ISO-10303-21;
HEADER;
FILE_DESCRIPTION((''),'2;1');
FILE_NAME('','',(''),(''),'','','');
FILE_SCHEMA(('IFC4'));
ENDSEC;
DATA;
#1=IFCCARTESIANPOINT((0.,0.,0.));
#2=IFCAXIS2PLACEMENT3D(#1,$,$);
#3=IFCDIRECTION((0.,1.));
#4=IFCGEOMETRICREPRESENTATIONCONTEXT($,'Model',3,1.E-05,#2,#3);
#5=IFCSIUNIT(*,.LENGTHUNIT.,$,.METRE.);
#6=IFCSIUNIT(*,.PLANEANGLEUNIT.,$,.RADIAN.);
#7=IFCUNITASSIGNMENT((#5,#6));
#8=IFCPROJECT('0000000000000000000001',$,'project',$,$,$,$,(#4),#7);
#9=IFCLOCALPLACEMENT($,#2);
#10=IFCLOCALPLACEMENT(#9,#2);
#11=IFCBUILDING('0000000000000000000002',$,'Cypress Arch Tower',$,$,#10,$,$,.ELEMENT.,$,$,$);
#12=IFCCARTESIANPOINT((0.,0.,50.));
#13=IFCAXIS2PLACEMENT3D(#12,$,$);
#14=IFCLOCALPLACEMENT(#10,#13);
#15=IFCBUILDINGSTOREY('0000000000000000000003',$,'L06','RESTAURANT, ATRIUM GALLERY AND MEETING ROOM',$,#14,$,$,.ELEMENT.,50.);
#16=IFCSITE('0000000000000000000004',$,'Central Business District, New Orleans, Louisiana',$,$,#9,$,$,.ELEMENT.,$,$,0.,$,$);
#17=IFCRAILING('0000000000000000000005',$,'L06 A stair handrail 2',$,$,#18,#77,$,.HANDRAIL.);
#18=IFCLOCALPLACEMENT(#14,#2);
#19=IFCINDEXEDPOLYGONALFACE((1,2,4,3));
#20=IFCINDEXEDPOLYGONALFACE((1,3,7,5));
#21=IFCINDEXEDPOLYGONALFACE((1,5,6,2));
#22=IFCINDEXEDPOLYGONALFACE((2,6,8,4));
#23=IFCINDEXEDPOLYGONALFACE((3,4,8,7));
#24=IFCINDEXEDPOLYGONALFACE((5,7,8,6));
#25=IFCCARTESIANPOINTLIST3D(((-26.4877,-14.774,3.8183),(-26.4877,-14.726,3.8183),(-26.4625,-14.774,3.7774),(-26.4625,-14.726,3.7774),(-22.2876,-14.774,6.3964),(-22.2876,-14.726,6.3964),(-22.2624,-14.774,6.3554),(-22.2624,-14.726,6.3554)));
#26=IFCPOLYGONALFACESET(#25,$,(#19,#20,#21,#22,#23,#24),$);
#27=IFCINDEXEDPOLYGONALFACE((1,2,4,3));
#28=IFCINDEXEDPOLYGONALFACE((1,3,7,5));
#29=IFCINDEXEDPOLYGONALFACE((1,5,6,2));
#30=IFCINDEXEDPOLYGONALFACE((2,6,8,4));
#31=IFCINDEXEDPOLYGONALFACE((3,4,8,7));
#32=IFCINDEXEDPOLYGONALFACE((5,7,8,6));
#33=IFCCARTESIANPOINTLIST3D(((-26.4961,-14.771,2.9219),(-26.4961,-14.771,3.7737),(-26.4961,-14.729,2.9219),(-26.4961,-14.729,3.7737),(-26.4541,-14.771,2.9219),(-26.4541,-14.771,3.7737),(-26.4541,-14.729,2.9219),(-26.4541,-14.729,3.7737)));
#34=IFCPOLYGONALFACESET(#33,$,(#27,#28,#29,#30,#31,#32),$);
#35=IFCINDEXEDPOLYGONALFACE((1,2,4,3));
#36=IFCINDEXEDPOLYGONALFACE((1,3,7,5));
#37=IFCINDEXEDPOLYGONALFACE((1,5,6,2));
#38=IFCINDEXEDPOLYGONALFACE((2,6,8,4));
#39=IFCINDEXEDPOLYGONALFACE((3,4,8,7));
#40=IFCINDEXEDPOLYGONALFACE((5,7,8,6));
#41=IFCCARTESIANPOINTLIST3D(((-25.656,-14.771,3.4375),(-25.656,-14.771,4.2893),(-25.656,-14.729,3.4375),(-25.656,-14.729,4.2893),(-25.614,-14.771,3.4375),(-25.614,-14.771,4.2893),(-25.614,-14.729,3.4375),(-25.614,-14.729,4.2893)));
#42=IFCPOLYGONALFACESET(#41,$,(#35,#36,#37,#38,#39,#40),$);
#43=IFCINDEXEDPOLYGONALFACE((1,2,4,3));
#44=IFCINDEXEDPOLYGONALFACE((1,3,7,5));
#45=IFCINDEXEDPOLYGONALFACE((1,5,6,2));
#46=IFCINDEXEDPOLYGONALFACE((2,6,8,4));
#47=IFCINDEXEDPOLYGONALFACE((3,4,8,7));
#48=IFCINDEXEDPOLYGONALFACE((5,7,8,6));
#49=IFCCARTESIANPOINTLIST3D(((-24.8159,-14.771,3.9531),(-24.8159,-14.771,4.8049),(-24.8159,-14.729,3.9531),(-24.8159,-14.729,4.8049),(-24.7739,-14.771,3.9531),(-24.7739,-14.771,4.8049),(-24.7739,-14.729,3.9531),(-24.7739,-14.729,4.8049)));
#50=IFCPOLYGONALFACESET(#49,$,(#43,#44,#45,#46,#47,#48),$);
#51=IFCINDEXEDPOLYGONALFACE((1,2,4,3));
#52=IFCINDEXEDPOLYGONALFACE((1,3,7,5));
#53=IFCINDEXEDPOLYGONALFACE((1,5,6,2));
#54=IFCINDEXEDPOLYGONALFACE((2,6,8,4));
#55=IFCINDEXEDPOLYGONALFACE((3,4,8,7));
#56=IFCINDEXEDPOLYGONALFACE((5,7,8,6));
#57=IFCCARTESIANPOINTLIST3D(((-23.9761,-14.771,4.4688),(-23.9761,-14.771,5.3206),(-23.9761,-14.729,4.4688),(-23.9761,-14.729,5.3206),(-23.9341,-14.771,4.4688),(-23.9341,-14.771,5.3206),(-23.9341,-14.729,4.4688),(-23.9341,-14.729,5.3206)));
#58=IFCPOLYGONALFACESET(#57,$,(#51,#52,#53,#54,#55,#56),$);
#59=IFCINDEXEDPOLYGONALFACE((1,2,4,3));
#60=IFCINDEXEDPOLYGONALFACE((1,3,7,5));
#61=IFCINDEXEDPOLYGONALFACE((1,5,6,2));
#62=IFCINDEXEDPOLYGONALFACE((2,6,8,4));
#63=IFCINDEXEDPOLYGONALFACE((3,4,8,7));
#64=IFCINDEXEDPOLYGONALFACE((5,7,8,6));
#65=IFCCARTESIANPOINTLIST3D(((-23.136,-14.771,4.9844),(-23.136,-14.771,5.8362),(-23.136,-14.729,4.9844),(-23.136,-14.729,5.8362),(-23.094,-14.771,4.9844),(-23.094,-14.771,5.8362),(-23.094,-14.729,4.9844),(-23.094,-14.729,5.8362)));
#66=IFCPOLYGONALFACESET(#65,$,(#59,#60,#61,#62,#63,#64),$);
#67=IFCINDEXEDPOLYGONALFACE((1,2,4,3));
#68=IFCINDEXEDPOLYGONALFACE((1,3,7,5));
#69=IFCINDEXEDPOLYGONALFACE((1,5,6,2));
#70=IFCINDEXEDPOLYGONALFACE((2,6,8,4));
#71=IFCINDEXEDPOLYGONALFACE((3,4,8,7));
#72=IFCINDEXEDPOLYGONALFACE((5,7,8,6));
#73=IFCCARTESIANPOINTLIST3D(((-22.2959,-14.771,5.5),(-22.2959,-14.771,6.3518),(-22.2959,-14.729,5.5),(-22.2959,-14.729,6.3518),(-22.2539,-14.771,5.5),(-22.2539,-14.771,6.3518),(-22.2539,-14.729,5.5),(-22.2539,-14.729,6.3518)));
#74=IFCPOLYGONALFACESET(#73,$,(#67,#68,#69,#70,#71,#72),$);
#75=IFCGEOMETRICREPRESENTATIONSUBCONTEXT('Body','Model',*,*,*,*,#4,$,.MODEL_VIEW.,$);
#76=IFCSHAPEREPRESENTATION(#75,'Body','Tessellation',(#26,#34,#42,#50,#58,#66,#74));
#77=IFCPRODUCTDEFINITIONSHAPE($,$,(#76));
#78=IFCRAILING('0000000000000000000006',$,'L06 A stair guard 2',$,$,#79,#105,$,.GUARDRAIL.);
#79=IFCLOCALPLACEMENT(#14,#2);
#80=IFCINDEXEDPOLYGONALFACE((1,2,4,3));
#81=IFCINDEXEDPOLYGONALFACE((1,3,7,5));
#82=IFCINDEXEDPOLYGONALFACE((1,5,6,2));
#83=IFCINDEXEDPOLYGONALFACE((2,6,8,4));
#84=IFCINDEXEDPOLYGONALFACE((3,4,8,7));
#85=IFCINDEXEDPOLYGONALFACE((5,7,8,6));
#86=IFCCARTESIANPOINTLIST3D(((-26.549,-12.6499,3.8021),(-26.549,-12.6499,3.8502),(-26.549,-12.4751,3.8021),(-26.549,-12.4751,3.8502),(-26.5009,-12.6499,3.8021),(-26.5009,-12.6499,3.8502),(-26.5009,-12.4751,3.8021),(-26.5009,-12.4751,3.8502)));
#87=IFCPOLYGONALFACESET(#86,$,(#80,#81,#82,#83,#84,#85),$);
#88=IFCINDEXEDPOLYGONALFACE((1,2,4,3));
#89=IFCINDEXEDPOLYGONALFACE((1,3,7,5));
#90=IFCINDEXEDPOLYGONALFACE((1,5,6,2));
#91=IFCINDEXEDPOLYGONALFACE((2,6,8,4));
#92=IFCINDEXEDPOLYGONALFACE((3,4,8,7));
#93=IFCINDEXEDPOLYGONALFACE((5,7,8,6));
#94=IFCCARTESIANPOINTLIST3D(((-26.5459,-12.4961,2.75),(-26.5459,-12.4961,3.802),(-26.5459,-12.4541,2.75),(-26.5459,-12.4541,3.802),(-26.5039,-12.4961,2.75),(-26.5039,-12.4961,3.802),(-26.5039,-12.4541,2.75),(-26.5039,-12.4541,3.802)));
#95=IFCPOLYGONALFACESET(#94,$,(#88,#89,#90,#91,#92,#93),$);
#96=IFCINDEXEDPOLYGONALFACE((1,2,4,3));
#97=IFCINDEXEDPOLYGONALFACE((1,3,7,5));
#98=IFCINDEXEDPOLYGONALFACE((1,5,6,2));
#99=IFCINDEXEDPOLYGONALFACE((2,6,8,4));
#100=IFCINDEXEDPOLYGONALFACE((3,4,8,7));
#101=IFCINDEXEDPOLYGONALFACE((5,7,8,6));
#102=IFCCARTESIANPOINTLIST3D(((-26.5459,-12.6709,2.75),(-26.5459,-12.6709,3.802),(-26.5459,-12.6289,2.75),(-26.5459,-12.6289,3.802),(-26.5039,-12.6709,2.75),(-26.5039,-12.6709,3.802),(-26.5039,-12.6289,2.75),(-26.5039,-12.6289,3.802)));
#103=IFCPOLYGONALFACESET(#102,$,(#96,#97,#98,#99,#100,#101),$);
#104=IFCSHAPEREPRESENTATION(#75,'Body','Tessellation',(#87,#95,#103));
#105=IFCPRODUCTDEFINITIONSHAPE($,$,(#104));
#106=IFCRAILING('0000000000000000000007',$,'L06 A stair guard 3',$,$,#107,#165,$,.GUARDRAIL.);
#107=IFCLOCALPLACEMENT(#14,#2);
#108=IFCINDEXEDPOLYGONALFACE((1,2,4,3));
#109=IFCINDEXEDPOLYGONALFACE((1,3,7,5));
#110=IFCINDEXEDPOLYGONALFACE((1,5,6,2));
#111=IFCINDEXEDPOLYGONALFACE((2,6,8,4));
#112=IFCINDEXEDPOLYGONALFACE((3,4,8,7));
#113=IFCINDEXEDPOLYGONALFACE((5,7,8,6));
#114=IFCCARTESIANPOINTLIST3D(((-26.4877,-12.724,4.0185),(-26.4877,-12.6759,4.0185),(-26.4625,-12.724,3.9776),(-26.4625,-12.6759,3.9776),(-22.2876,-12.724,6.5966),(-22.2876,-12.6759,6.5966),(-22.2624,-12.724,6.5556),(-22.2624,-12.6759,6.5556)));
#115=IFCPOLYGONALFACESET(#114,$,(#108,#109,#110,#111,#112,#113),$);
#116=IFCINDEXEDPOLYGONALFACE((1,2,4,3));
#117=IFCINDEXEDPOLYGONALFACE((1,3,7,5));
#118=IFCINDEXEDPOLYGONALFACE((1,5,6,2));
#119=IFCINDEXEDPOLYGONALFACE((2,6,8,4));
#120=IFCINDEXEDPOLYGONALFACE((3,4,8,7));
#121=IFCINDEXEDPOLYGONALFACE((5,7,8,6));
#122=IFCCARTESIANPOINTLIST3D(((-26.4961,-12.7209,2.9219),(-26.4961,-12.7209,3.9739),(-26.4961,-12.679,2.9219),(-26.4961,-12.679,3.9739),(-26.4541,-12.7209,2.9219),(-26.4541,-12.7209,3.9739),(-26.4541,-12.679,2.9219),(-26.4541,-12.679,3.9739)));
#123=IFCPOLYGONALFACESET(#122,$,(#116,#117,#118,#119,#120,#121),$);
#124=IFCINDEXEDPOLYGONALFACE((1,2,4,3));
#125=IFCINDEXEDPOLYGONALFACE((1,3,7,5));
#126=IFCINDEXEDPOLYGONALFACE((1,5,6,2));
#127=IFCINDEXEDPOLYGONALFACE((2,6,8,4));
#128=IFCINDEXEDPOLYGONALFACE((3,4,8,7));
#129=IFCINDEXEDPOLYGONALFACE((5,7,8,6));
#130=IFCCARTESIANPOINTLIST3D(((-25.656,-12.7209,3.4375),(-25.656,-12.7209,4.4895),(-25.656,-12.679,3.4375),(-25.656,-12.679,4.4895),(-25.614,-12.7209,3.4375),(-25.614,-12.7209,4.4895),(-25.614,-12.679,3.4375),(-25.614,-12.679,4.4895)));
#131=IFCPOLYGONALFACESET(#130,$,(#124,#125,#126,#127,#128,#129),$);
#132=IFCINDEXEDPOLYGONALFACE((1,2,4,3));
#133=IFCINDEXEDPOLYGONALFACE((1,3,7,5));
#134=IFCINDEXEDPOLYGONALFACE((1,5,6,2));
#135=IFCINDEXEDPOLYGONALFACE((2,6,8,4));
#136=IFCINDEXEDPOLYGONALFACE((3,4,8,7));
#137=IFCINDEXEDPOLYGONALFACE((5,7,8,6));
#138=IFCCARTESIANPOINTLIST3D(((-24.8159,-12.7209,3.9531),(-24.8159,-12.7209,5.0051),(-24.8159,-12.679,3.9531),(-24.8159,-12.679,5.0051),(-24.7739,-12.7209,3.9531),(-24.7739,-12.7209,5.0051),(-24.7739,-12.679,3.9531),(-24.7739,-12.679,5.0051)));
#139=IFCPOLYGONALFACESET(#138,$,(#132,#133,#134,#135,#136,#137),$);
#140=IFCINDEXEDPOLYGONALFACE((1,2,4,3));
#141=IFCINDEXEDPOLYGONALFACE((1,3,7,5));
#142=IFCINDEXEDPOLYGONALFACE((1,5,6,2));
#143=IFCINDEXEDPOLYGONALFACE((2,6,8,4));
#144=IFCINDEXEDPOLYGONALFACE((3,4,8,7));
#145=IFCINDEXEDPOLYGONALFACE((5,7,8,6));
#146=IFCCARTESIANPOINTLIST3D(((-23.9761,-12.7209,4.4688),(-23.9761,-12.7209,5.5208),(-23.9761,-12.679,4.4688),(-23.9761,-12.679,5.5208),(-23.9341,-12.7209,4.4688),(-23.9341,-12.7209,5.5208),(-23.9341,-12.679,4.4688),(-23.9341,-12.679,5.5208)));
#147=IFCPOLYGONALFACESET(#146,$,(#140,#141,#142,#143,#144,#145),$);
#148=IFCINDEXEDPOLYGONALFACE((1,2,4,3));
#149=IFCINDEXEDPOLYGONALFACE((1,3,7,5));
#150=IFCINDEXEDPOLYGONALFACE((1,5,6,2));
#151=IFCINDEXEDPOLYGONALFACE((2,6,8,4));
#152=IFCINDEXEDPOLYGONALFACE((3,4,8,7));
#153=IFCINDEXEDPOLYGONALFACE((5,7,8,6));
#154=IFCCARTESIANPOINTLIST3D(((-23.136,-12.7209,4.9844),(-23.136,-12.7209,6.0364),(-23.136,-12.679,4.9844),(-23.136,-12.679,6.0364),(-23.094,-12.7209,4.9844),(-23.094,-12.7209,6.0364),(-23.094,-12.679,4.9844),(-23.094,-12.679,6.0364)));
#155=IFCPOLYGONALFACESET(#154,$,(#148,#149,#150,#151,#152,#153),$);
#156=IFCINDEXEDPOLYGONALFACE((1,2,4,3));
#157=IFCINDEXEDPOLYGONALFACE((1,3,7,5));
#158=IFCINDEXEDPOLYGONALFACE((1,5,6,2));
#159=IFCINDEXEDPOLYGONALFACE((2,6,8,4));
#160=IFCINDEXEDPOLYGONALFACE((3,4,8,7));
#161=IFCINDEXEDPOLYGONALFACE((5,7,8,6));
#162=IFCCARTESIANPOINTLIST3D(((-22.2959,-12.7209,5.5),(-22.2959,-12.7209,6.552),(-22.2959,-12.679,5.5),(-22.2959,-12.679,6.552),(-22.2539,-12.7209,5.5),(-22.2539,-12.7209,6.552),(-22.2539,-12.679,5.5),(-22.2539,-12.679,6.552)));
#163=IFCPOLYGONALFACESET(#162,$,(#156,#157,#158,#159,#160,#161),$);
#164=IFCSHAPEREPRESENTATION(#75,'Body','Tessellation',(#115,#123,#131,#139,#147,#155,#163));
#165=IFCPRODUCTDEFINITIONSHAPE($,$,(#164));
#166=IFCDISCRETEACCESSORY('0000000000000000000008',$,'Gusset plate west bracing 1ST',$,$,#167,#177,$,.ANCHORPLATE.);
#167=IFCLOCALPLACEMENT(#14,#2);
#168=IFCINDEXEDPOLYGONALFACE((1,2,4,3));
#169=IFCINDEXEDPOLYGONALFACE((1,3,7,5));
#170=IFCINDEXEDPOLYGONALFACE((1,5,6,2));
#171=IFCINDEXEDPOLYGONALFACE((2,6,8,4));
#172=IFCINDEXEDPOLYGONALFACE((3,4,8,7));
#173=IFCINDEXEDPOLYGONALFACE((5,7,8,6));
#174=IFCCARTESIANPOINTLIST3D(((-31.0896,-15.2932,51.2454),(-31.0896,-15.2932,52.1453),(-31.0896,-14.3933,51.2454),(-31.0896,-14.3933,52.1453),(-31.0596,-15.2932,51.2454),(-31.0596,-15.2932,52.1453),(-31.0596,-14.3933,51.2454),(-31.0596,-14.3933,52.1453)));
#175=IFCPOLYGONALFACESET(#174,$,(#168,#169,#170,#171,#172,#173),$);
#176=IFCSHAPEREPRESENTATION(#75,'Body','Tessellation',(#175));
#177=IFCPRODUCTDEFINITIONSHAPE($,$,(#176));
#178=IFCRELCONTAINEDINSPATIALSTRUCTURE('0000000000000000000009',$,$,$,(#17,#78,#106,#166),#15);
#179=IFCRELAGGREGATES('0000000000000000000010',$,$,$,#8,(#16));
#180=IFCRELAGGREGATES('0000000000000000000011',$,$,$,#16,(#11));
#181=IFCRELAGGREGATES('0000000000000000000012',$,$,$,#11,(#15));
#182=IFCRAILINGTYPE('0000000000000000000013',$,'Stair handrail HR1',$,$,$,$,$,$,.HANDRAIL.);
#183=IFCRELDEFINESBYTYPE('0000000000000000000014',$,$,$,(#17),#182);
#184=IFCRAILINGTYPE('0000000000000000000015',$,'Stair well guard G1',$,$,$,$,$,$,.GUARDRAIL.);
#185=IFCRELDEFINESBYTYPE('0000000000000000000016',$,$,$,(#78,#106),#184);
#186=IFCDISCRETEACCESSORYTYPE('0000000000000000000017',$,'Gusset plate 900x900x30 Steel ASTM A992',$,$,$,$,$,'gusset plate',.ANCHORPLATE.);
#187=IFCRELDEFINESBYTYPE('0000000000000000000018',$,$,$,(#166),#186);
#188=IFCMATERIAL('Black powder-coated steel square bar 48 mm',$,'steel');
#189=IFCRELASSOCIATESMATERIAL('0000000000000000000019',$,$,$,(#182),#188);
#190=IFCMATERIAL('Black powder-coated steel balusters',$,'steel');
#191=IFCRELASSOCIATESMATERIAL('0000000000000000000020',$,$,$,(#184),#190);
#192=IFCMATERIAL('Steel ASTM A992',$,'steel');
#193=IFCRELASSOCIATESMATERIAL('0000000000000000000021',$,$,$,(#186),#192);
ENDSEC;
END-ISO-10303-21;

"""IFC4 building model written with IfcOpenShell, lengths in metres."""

from ifc_helpers import new_model, si_unit, direction, frame, origin, origin_2d, place, context, subcontext, project, spatial, rectangle, extrude, material, material_profile, profile_set, type_object, element, save


model = new_model("IFC4")

# Units and contexts
model_context = context("Model", 3, precision=1e-05, world=origin(), true_north=direction((0.0, 1.0)))
body_context = subcontext(model_context, "Body", "Model", "MODEL_VIEW")
ifc_project = project(units=[si_unit("LENGTHUNIT", "METRE"), si_unit("PLANEANGLEUNIT", "RADIAN")], contexts=[model_context])

# Site, building, storey
site_placement = place(None, origin())
site = spatial("IfcSite", under=ifc_project, at=site_placement, Name="Central Business District, New Orleans, Louisiana", CompositionType="ELEMENT", RefElevation=0.0)
building_placement = place(site_placement, origin())
building = spatial("IfcBuilding", under=site, at=building_placement, Name="Cypress Arch Tower", CompositionType="ELEMENT")
storey_placement = place(building_placement, frame((0.0, 0.0, 50.0)))
storey = spatial("IfcBuildingStorey", under=building, at=storey_placement, Name="L06", Description="RESTAURANT, ATRIUM GALLERY AND MEETING ROOM", CompositionType="ELEMENT", Elevation=50.0)

# Railings
ifc_material_1 = material(Name="Black powder-coated steel square bar 48 mm", Category="steel")
railing_type_1 = type_object("IfcRailingType", Name="Stair handrail HR1", PredefinedType="HANDRAIL", material=ifc_material_1)
railing_1_placement = place(storey_placement, frame((-26.4751, -14.75, 2.9219)))
element("IfcRailing", 1, at=railing_1_placement, inside=storey, type_object=railing_type_1, Name="L06 A stair handrail 2", PredefinedType="HANDRAIL", context=body_context, shape_type="SweptSolid", body=[
    extrude(rectangle(XDim=0.0481, YDim=0.0481, at=origin_2d()), frame((0.0, 0.0, 0.876), z_axis=(0.852256, 0.0, 0.523124), x_axis=(0.0, 1.0, 0.0)), (0.0, 0.0, 1.0), 4.9282),
    extrude(rectangle(XDim=0.042, YDim=0.042, at=origin_2d()), origin(), (0.0, 0.0, 1.0), 0.8518),
    extrude(rectangle(XDim=0.042, YDim=0.042, at=origin_2d()), frame((0.8401, 0.0, 0.5156)), (0.0, 0.0, 1.0), 0.8518),
    extrude(rectangle(XDim=0.042, YDim=0.042, at=origin_2d()), frame((1.6802, 0.0, 1.0312)), (0.0, 0.0, 1.0), 0.8518),
    extrude(rectangle(XDim=0.042, YDim=0.042, at=origin_2d()), frame((2.52, 0.0, 1.5469)), (0.0, 0.0, 1.0), 0.8518),
    extrude(rectangle(XDim=0.042, YDim=0.042, at=origin_2d()), frame((3.3601, 0.0, 2.0625)), (0.0, 0.0, 1.0), 0.8518),
    extrude(rectangle(XDim=0.042, YDim=0.042, at=origin_2d()), frame((4.2002, 0.0, 2.5781)), (0.0, 0.0, 1.0), 0.8518),
])
ifc_material_2 = material(Name="Black powder-coated steel balusters", Category="steel")
railing_type_2 = type_object("IfcRailingType", Name="Stair well guard G1", PredefinedType="GUARDRAIL", material=ifc_material_2)
railing_2_placement = place(storey_placement, frame((-26.5249, -12.4751, 2.75)))
element("IfcRailing", 2, at=railing_2_placement, inside=storey, type_object=railing_type_2, Name="L06 A stair guard 2", PredefinedType="GUARDRAIL", context=body_context, shape_type="SweptSolid", body=[
    extrude(rectangle(XDim=0.0481, YDim=0.0481, at=origin_2d()), frame((0.0, 0.0, 1.0762), z_axis=(0.0, -1.0, 0.0), x_axis=(1.0, 0.0, 0.0)), (0.0, 0.0, 1.0), 0.1748),
    extrude(rectangle(XDim=0.042, YDim=0.042, at=origin_2d()), origin(), (0.0, 0.0, 1.0), 1.052),
    extrude(rectangle(XDim=0.042, YDim=0.042, at=origin_2d()), frame((0.0, -0.1748, 0.0)), (0.0, 0.0, 1.0), 1.052),
])
railing_3_placement = place(storey_placement, frame((-26.4751, -12.7, 2.9219)))
element("IfcRailing", 3, at=railing_3_placement, inside=storey, type_object=railing_type_2, Name="L06 A stair guard 3", PredefinedType="GUARDRAIL", context=body_context, shape_type="SweptSolid", body=[
    extrude(rectangle(XDim=0.0481, YDim=0.0481, at=origin_2d()), frame((0.0, 0.0, 1.0762), z_axis=(0.852256, 0.0, 0.523124), x_axis=(0.0, 1.0, 0.0)), (0.0, 0.0, 1.0), 4.9282),
    extrude(rectangle(XDim=0.042, YDim=0.042, at=origin_2d()), origin(), (0.0, 0.0, 1.0), 1.052),
    extrude(rectangle(XDim=0.042, YDim=0.042, at=origin_2d()), frame((0.8401, 0.0, 0.5156)), (0.0, 0.0, 1.0), 1.052),
    extrude(rectangle(XDim=0.042, YDim=0.042, at=origin_2d()), frame((1.6802, 0.0, 1.0312)), (0.0, 0.0, 1.0), 1.052),
    extrude(rectangle(XDim=0.042, YDim=0.042, at=origin_2d()), frame((2.52, 0.0, 1.5469)), (0.0, 0.0, 1.0), 1.052),
    extrude(rectangle(XDim=0.042, YDim=0.042, at=origin_2d()), frame((3.3601, 0.0, 2.0625)), (0.0, 0.0, 1.0), 1.052),
    extrude(rectangle(XDim=0.042, YDim=0.042, at=origin_2d()), frame((4.2002, 0.0, 2.5781)), (0.0, 0.0, 1.0), 1.052),
])

# Discrete accessory
ifc_material_3 = material(Name="Steel ASTM A992", Category="steel")
ifc_material_profile_1 = material_profile(ifc_material_3, rectangle(XDim=0.8999, YDim=0.8999, at=origin_2d()), Name="PL 30 900x900")
ifc_profile_set_1 = profile_set([ifc_material_profile_1], Name="Steel ASTM A992")
discrete_accessory_type = type_object("IfcDiscreteAccessoryType", Name="Gusset plate 900x900x30 Steel ASTM A992", ElementType="gusset plate", PredefinedType="ANCHORPLATE", material=ifc_profile_set_1)
discrete_accessory_placement = place(storey_placement, frame((-31.0596, -14.8433, 51.6953), z_axis=(-1.0, 0.0, 0.0), x_axis=(0.0, -1.0, 0.0)))
element("IfcDiscreteAccessory", 4, at=discrete_accessory_placement, inside=storey, type_object=discrete_accessory_type, Name="Gusset plate west bracing 1ST", PredefinedType="ANCHORPLATE", context=body_context, shape_type="SweptSolid", body=[
    extrude(rectangle(XDim=0.8999, YDim=0.8999, at=origin_2d()), origin(), (0.0, 0.0, 1.0), 0.03),
])

save(model, "model.ifc")
